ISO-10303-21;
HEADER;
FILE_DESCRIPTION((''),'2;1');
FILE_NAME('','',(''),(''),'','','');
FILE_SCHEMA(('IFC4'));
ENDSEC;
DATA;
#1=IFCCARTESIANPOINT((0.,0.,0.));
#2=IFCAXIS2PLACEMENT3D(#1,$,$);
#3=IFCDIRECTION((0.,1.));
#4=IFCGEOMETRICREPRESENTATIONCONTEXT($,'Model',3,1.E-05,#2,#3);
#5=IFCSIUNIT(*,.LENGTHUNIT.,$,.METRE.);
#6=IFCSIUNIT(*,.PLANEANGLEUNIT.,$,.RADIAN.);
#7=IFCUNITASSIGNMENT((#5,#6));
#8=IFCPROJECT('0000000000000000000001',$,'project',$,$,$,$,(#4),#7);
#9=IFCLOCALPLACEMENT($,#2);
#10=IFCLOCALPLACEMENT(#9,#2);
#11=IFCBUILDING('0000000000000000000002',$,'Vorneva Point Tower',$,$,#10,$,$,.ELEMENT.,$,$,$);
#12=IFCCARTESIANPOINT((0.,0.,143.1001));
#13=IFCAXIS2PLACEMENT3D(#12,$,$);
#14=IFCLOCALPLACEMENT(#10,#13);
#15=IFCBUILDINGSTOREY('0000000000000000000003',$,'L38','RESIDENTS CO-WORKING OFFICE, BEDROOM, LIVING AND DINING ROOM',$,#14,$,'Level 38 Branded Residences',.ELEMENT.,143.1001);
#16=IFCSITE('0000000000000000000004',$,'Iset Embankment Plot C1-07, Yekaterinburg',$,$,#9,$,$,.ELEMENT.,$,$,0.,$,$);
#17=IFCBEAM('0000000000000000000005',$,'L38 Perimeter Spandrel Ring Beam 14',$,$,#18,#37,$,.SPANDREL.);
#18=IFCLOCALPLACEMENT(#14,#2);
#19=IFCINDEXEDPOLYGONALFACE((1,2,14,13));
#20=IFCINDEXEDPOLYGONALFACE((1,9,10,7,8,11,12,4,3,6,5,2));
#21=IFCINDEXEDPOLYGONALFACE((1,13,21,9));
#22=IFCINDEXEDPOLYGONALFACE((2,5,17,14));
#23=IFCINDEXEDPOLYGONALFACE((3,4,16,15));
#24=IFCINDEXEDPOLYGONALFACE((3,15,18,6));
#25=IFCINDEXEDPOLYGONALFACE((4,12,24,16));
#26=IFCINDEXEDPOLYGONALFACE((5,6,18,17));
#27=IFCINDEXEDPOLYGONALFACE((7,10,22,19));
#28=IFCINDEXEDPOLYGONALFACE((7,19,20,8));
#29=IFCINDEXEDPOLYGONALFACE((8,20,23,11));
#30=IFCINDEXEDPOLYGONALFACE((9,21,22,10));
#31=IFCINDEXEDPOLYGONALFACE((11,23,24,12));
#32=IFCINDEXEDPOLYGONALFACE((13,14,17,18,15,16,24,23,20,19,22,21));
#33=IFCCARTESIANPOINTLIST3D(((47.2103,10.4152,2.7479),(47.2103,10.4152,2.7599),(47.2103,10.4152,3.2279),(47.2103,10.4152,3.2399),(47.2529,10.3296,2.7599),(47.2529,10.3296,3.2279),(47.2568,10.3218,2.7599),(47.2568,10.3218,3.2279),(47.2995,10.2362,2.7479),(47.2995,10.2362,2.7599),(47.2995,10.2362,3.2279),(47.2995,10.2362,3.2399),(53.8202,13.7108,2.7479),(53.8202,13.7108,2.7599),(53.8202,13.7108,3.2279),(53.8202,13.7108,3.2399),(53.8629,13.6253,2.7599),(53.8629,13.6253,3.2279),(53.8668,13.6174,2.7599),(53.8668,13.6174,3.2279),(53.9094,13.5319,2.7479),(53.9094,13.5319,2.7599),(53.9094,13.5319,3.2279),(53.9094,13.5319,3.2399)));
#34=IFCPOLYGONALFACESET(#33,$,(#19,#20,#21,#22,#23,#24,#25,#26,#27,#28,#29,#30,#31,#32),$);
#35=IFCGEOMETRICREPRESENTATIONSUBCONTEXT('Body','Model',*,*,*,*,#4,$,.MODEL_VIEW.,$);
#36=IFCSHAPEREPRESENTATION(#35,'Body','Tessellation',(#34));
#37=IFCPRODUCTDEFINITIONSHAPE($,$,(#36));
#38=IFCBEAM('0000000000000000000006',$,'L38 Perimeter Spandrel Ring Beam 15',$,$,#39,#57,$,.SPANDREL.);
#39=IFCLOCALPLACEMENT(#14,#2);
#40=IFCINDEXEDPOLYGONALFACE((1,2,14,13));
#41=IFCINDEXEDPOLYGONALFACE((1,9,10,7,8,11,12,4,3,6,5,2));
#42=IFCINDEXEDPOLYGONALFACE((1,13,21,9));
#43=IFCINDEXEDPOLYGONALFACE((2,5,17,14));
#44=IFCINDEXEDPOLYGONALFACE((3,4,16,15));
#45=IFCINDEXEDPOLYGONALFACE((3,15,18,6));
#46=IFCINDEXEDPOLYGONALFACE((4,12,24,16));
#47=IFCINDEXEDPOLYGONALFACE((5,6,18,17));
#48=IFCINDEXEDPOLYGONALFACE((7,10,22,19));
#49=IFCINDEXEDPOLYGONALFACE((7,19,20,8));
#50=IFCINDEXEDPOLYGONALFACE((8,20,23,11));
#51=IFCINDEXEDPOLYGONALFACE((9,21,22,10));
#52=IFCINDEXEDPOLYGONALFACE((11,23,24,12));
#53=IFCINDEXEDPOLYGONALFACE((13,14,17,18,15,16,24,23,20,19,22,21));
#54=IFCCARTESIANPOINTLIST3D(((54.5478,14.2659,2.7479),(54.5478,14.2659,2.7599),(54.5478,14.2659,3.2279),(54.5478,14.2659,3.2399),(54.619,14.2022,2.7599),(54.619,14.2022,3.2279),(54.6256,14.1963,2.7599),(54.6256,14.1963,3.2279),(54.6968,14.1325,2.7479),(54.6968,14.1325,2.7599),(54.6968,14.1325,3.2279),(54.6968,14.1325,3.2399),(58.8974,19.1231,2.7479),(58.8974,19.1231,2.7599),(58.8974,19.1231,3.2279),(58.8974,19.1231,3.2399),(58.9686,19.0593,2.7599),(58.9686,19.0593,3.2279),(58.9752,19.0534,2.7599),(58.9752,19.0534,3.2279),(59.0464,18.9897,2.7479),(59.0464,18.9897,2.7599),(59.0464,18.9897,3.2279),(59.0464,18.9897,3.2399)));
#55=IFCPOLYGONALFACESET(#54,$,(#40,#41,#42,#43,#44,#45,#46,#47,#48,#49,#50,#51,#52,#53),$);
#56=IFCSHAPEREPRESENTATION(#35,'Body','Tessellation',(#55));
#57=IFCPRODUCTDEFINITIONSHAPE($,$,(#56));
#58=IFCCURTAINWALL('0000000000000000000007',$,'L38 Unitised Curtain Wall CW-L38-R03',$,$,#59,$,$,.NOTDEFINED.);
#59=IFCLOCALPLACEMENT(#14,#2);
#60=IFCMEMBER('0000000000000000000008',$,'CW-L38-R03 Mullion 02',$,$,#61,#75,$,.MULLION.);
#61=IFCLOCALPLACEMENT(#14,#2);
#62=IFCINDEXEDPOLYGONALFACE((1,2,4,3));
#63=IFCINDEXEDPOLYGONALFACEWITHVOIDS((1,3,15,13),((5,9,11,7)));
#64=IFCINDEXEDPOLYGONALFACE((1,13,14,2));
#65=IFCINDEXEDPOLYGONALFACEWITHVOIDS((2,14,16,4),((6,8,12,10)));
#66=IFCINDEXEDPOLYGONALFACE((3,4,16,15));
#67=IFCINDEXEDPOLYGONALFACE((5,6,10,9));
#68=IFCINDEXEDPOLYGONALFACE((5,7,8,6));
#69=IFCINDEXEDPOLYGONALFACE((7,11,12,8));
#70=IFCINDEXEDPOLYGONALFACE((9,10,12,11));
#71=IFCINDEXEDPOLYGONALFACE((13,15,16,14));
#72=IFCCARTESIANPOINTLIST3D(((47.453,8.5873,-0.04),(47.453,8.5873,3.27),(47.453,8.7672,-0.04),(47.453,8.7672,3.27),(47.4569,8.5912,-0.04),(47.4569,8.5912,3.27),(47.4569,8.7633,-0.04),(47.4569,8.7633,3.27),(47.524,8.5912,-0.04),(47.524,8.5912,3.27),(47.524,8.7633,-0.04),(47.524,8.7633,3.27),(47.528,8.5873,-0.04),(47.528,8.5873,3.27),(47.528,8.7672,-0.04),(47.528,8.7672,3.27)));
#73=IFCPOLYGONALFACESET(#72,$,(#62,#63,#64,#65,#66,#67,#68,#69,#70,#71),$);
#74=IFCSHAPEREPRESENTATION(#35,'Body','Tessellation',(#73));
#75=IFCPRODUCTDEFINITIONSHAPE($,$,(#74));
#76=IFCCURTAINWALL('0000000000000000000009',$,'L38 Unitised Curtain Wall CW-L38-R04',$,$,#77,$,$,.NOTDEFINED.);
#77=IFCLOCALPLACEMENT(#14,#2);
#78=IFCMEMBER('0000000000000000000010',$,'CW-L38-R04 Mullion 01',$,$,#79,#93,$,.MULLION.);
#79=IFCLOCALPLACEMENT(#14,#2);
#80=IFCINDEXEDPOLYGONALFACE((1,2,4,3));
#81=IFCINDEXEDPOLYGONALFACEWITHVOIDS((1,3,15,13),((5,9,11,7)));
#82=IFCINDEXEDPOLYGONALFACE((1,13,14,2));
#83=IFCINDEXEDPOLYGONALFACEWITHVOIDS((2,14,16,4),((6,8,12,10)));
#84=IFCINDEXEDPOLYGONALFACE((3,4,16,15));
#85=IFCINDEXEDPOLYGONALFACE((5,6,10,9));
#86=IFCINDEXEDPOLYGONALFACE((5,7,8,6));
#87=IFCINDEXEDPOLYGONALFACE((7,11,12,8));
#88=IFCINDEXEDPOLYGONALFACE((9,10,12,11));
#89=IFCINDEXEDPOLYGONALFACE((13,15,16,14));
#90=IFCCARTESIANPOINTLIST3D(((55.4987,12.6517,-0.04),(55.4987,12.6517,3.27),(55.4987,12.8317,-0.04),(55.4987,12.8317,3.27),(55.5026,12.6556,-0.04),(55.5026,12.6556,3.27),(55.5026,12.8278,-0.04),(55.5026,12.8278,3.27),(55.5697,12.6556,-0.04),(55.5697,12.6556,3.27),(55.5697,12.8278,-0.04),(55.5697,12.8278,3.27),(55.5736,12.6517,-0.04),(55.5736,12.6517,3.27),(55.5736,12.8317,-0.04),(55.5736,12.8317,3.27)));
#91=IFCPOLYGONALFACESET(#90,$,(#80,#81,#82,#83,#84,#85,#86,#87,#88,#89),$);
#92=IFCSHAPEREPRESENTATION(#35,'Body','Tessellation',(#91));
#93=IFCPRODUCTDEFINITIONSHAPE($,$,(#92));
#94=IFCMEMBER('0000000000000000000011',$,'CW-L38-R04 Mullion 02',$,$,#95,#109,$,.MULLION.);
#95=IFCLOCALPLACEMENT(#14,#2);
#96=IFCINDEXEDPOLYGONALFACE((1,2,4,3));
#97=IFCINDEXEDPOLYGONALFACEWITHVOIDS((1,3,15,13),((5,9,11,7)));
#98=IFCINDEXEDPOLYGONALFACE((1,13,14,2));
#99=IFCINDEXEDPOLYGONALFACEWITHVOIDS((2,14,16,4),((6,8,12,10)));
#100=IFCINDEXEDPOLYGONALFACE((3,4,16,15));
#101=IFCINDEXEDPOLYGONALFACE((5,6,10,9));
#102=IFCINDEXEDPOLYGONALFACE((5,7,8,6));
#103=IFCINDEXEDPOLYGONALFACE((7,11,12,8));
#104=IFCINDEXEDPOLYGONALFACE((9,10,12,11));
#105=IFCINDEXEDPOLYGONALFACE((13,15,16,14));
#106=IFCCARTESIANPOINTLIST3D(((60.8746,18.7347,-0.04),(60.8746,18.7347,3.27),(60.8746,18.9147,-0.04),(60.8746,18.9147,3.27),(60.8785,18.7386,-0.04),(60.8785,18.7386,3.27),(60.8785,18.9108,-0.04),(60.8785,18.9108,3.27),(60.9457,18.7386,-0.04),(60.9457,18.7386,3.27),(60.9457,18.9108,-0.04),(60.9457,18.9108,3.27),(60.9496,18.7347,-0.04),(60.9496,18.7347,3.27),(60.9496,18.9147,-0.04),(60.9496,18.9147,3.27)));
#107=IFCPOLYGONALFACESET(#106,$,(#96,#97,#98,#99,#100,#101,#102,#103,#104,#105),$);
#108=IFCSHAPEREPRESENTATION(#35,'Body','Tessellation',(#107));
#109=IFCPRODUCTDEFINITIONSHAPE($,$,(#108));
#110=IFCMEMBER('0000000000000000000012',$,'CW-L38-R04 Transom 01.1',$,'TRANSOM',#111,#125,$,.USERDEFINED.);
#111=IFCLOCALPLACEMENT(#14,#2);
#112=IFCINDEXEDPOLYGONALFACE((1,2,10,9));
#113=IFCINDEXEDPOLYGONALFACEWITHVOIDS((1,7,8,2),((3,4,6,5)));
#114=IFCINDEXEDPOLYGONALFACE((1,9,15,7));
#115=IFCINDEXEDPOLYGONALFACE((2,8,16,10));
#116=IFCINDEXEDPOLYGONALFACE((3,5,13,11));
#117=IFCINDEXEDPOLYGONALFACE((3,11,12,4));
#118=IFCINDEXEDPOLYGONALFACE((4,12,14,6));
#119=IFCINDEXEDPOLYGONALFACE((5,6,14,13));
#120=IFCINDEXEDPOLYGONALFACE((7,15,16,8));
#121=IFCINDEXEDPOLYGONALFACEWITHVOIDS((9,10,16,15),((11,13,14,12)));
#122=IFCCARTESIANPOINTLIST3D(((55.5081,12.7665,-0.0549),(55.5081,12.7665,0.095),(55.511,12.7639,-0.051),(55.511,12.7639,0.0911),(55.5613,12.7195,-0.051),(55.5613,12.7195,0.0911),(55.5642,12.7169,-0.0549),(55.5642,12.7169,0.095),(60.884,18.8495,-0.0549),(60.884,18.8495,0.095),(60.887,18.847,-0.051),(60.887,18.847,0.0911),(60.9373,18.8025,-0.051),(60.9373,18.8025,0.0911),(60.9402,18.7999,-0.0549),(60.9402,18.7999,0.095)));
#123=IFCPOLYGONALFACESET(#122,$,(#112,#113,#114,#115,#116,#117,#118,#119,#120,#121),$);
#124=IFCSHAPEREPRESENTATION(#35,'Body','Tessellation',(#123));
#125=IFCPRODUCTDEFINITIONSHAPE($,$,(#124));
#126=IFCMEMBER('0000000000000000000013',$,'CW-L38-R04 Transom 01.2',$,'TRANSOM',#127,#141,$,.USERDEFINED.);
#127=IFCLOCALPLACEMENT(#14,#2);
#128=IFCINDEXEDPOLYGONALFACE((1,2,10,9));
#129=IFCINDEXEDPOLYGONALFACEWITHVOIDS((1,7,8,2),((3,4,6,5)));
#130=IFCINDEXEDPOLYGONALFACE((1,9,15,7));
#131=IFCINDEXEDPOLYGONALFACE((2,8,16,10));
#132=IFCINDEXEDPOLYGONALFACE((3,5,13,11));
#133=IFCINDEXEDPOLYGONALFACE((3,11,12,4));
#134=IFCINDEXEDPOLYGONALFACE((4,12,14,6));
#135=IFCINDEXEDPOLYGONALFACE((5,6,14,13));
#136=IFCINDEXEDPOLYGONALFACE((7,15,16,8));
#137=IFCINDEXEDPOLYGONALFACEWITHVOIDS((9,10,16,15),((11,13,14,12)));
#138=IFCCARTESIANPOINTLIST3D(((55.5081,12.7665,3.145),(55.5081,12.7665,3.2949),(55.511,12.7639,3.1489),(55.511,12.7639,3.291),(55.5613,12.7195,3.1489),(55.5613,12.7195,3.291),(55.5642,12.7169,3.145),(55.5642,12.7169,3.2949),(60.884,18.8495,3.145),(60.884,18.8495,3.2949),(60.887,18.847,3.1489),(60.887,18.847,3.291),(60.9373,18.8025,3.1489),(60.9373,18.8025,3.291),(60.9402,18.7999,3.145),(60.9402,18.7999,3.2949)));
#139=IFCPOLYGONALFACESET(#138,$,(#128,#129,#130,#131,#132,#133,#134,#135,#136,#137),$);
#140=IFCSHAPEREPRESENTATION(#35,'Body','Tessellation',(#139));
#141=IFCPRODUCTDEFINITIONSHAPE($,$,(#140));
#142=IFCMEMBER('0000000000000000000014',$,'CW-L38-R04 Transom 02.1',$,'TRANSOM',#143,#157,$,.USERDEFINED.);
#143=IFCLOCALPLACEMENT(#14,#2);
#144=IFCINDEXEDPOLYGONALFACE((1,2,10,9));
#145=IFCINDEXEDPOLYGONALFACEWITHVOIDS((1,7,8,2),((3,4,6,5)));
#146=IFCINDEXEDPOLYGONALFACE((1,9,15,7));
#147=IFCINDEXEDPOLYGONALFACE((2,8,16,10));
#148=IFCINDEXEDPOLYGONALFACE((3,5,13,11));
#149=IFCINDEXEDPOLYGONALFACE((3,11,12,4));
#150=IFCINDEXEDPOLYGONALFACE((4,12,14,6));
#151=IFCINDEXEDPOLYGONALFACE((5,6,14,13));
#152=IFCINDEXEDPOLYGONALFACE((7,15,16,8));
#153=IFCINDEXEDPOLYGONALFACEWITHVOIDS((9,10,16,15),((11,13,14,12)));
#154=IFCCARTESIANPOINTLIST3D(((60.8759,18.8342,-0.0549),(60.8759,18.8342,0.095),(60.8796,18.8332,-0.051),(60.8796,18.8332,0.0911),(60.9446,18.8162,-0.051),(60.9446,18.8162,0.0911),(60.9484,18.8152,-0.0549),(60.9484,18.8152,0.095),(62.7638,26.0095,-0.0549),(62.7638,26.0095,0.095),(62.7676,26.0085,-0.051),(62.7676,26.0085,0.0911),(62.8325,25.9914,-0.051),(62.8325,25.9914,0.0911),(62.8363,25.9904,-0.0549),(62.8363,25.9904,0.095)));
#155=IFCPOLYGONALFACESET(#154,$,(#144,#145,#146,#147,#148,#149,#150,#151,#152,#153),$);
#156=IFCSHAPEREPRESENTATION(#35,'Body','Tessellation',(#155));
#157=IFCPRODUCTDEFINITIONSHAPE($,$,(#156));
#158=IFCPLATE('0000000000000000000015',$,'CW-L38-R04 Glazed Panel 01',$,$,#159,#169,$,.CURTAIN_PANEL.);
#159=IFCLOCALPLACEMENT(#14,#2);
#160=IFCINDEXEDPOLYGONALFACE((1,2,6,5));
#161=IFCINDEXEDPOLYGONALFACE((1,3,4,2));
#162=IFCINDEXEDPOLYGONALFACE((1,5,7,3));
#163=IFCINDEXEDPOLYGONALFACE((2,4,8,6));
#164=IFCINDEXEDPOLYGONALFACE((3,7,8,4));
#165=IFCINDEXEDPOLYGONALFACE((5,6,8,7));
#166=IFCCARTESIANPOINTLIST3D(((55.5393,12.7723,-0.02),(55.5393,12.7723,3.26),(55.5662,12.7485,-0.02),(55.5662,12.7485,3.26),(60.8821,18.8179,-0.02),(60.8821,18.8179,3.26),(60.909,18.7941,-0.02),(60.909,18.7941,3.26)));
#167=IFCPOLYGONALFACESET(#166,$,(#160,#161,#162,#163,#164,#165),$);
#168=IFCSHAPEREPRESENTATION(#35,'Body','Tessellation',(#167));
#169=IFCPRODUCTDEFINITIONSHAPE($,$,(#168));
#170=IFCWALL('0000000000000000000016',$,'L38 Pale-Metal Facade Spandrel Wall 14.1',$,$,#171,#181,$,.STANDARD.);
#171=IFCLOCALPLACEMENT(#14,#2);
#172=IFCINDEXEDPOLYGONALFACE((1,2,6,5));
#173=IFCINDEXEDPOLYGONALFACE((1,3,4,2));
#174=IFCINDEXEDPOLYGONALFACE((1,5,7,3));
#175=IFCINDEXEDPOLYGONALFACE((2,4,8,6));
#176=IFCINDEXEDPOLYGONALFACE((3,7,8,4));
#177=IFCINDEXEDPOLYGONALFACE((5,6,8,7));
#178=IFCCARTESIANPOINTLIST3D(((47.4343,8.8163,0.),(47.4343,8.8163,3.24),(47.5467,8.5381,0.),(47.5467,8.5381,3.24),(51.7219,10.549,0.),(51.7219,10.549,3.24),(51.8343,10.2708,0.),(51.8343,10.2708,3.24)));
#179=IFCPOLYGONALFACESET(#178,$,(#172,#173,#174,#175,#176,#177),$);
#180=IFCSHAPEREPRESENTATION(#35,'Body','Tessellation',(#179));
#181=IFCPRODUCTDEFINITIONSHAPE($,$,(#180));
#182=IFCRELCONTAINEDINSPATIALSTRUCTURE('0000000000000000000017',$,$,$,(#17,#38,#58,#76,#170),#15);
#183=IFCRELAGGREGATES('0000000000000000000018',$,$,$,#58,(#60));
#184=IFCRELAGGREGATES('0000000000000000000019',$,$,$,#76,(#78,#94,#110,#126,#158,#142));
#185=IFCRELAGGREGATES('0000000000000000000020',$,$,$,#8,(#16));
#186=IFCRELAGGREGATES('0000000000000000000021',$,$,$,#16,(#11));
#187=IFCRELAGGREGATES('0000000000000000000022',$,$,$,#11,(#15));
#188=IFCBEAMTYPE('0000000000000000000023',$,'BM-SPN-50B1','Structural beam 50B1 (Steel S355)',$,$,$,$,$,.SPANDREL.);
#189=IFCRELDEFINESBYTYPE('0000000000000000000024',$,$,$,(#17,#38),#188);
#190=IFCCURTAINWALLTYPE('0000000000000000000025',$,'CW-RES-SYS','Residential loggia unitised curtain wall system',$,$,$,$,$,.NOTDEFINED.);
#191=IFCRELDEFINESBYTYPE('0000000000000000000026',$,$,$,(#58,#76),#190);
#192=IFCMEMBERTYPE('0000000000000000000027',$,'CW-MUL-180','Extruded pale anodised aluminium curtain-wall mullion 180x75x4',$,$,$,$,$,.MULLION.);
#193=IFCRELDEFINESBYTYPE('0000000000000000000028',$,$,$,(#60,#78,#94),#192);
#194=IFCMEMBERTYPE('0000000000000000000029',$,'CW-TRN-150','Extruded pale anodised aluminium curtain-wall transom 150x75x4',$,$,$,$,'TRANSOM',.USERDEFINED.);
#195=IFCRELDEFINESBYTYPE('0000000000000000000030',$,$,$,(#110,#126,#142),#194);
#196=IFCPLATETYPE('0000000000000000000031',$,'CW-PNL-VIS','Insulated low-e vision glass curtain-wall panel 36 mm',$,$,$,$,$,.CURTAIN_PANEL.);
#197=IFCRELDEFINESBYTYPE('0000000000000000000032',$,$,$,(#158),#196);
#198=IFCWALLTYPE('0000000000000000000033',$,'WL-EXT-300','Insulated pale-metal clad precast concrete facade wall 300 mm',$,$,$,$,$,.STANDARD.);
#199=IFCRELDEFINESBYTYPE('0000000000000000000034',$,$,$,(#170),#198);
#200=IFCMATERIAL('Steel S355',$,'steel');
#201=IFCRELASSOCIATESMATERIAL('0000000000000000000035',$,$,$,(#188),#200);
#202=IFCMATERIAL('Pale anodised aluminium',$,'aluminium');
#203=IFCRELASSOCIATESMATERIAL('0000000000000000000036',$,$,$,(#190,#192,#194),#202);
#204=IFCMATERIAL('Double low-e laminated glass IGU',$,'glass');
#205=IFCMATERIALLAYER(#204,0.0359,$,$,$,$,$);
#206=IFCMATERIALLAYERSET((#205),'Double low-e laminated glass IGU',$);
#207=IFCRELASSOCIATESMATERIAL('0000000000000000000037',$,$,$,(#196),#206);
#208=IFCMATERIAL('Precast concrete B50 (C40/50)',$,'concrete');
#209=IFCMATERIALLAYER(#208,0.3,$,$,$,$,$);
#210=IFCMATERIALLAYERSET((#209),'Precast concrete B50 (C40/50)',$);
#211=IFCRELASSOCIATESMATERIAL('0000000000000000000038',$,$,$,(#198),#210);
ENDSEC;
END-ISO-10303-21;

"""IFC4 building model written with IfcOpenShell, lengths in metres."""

from ifc_helpers import new_model, si_unit, direction, frame, frame_2d, origin, origin_2d, place, context, subcontext, project, spatial, rectangle, hollow_rectangle, i_section, extrude, material, layer, layer_set, material_profile, profile_set, type_object, element, aggregate, save


model = new_model("IFC4")

# Units and contexts
model_context = context("Model", 3, precision=1e-05, world=origin(), true_north=direction((0.0, 1.0)))
body_context = subcontext(model_context, "Body", "Model", "MODEL_VIEW")
ifc_project = project(units=[si_unit("LENGTHUNIT", "METRE"), si_unit("PLANEANGLEUNIT", "RADIAN")], contexts=[model_context])

# Site, building, storey
site_placement = place(None, origin())
site = spatial("IfcSite", under=ifc_project, at=site_placement, Name="Iset Embankment Plot C1-07, Yekaterinburg", CompositionType="ELEMENT", RefElevation=0.0)
building_placement = place(site_placement, origin())
building = spatial("IfcBuilding", under=site, at=building_placement, Name="Vorneva Point Tower", CompositionType="ELEMENT")
storey_placement = place(building_placement, frame((0.0, 0.0, 143.1001)))
storey = spatial("IfcBuildingStorey", under=building, at=storey_placement, Name="L38", Description="RESIDENTS CO-WORKING OFFICE, BEDROOM, LIVING AND DINING ROOM", LongName="Level 38 Branded Residences", CompositionType="ELEMENT", Elevation=143.1001)

# Beams
ifc_material_1 = material(Name="Steel S355", Category="steel")
ifc_material_profile_1 = material_profile(ifc_material_1, i_section(OverallWidth=0.2, OverallDepth=0.4919, WebThickness=0.0088, FlangeThickness=0.012, at=origin_2d()), Name="50B1")
ifc_profile_set_1 = profile_set([ifc_material_profile_1], Name="Steel S355")
beam_type_1 = type_object("IfcBeamType", Name="BM-SPN-50B1", Description="Structural beam 50B1 (Steel S355)", PredefinedType="SPANDREL", material=ifc_profile_set_1)
beam_1_placement = place(storey_placement, frame((47.2549, 10.3257, 2.9939), z_axis=(0.894929, 0.446208, 0.0), x_axis=(-0.446208, 0.894929, 0.0)))
element("IfcBeam", 1, at=beam_1_placement, inside=storey, type_object=beam_type_1, Name="L38 Perimeter Spandrel Ring Beam 14", PredefinedType="SPANDREL", context=body_context, shape_type="SweptSolid", body=[
    extrude(i_section(OverallWidth=0.2, OverallDepth=0.4919, WebThickness=0.0088, FlangeThickness=0.012, at=origin_2d()), origin(), (0.0, 0.0, 1.0), 7.386),
])
beam_2_placement = place(storey_placement, frame((54.6223, 14.1992, 2.9939), z_axis=(0.667111, 0.744958, 0.0), x_axis=(-0.744958, 0.667111, 0.0)))
element("IfcBeam", 2, at=beam_2_placement, inside=storey, type_object=beam_type_1, Name="L38 Perimeter Spandrel Ring Beam 15", PredefinedType="SPANDREL", context=body_context, shape_type="SweptSolid", body=[
    extrude(i_section(OverallWidth=0.2, OverallDepth=0.4919, WebThickness=0.0088, FlangeThickness=0.012, at=origin_2d()), origin(), (0.0, 0.0, 1.0), 6.52),
])

# Curtain wall, member
ifc_material_2 = material(Name="Pale anodised aluminium", Category="aluminium")
curtain_wall_type = type_object("IfcCurtainWallType", Name="CW-RES-SYS", Description="Residential loggia unitised curtain wall system", PredefinedType="NOTDEFINED", material=ifc_material_2)
curtain_wall_1_placement = place(storey_placement, origin())
curtain_wall_1 = element("IfcCurtainWall", 3, at=curtain_wall_1_placement, inside=storey, type_object=curtain_wall_type, Name="L38 Unitised Curtain Wall CW-L38-R03", PredefinedType="NOTDEFINED")
ifc_material_profile_2 = material_profile(ifc_material_2, hollow_rectangle(XDim=0.075, YDim=0.1799, WallThickness=0.0039, at=origin_2d()), Name="AL-MUL 180x75x4")
ifc_profile_set_2 = profile_set([ifc_material_profile_2], Name="Pale anodised aluminium")
member_type_1 = type_object("IfcMemberType", Name="CW-MUL-180", Description="Extruded pale anodised aluminium curtain-wall mullion 180x75x4", PredefinedType="MULLION", material=ifc_profile_set_2)
member_1_placement = place(storey_placement, frame((47.4905, 8.6772, -0.04), z_axis=(0.0, 0.0, 1.0), x_axis=(1.0, 0.0, 0.0)))
member_1 = element("IfcMember", 4, at=member_1_placement, type_object=member_type_1, Name="CW-L38-R03 Mullion 02", PredefinedType="MULLION", context=body_context, shape_type="SweptSolid", body=[
    extrude(hollow_rectangle(XDim=0.075, YDim=0.1799, WallThickness=0.0039, at=origin_2d()), origin(), (0.0, 0.0, 1.0), 3.3101),
])
aggregate(curtain_wall_1, [member_1])

# Curtain wall, members, plate
curtain_wall_2_placement = place(storey_placement, origin())
curtain_wall_2 = element("IfcCurtainWall", 5, at=curtain_wall_2_placement, inside=storey, type_object=curtain_wall_type, Name="L38 Unitised Curtain Wall CW-L38-R04", PredefinedType="NOTDEFINED")
member_2_placement = place(storey_placement, frame((55.5361, 12.7417, -0.04), z_axis=(0.0, 0.0, 1.0), x_axis=(1.0, 0.0, 0.0)))
member_2 = element("IfcMember", 6, at=member_2_placement, type_object=member_type_1, Name="CW-L38-R04 Mullion 01", PredefinedType="MULLION", context=body_context, shape_type="SweptSolid", body=[
    extrude(hollow_rectangle(XDim=0.075, YDim=0.1799, WallThickness=0.0039, at=origin_2d()), origin(), (0.0, 0.0, 1.0), 3.3101),
])
member_3_placement = place(storey_placement, frame((60.9121, 18.8247, -0.04), z_axis=(0.0, 0.0, 1.0), x_axis=(1.0, 0.0, 0.0)))
member_3 = element("IfcMember", 7, at=member_3_placement, type_object=member_type_1, Name="CW-L38-R04 Mullion 02", PredefinedType="MULLION", context=body_context, shape_type="SweptSolid", body=[
    extrude(hollow_rectangle(XDim=0.075, YDim=0.1799, WallThickness=0.0039, at=origin_2d()), origin(), (0.0, 0.0, 1.0), 3.3101),
])
ifc_material_profile_3 = material_profile(ifc_material_2, hollow_rectangle(XDim=0.075, YDim=0.1499, WallThickness=0.0039, at=origin_2d()), Name="AL-TRN 150x75x4")
ifc_profile_set_3 = profile_set([ifc_material_profile_3], Name="Pale anodised aluminium")
member_type_2 = type_object("IfcMemberType", Name="CW-TRN-150", Description="Extruded pale anodised aluminium curtain-wall transom 150x75x4", ElementType="TRANSOM", PredefinedType="USERDEFINED", material=ifc_profile_set_3)
member_4_placement = place(storey_placement, frame((55.5361, 12.7417, 0.02), z_axis=(0.662218, 0.749311, 0.0), x_axis=(-0.749311, 0.662218, 0.0)))
member_4 = element("IfcMember", 8, at=member_4_placement, type_object=member_type_2, Name="CW-L38-R04 Transom 01.1", ObjectType="TRANSOM", PredefinedType="USERDEFINED", context=body_context, shape_type="SweptSolid", body=[
    extrude(hollow_rectangle(XDim=0.075, YDim=0.1499, WallThickness=0.0039, at=origin_2d()), origin(), (0.0, 0.0, 1.0), 8.1182),
])
member_5_placement = place(storey_placement, frame((55.5361, 12.7417, 3.22), z_axis=(0.662218, 0.749311, 0.0), x_axis=(-0.749311, 0.662218, 0.0)))
member_5 = element("IfcMember", 9, at=member_5_placement, type_object=member_type_2, Name="CW-L38-R04 Transom 01.2", ObjectType="TRANSOM", PredefinedType="USERDEFINED", context=body_context, shape_type="SweptSolid", body=[
    extrude(hollow_rectangle(XDim=0.075, YDim=0.1499, WallThickness=0.0039, at=origin_2d()), origin(), (0.0, 0.0, 1.0), 8.1182),
])
member_6_placement = place(storey_placement, frame((60.9121, 18.8247, 0.02), z_axis=(0.254456, 0.967084, 0.0), x_axis=(-0.967084, 0.254456, 0.0)))
member_6 = element("IfcMember", 10, at=member_6_placement, type_object=member_type_2, Name="CW-L38-R04 Transom 02.1", ObjectType="TRANSOM", PredefinedType="USERDEFINED", context=body_context, shape_type="SweptSolid", body=[
    extrude(hollow_rectangle(XDim=0.075, YDim=0.1499, WallThickness=0.0039, at=origin_2d()), origin(), (0.0, 0.0, 1.0), 7.4194),
])
ifc_material_3 = material(Name="Double low-e laminated glass IGU", Category="glass")
ifc_layer_1 = layer(ifc_material_3, 0.0359)
ifc_layer_set_1 = layer_set([ifc_layer_1], Name="Double low-e laminated glass IGU")
plate_type = type_object("IfcPlateType", Name="CW-PNL-VIS", Description="Insulated low-e vision glass curtain-wall panel 36 mm", PredefinedType="CURTAIN_PANEL", material=ifc_layer_set_1)
plate_placement = place(storey_placement, frame((58.2241, 15.7832, -0.02), z_axis=(0.0, 0.0, 1.0), x_axis=(0.662215, 0.749314, 0.0)))
plate = element("IfcPlate", 11, at=plate_placement, type_object=plate_type, Name="CW-L38-R04 Glazed Panel 01", PredefinedType="CURTAIN_PANEL", context=body_context, shape_type="SweptSolid", body=[
    extrude(rectangle(XDim=8.0681, YDim=0.0359, at=origin_2d()), origin(), (0.0, 0.0, 1.0), 3.28),
])
aggregate(curtain_wall_2, [member_2, member_3, member_4, member_5, plate, member_6])

# Wall
ifc_material_4 = material(Name="Precast concrete B50 (C40/50)", Category="concrete")
ifc_layer_2 = layer(ifc_material_4, 0.3)
ifc_layer_set_2 = layer_set([ifc_layer_2], Name="Precast concrete B50 (C40/50)")
wall_type_1 = type_object("IfcWallType", Name="WL-EXT-300", Description="Insulated pale-metal clad precast concrete facade wall 300 mm", PredefinedType="STANDARD", material=ifc_layer_set_2)
wall_1_placement = place(storey_placement, frame((47.4905, 8.6772, 0.0), z_axis=(0.0, 0.0, 1.0), x_axis=(0.927157, 0.374674, 0.0)))
element("IfcWall", 12, at=wall_1_placement, inside=storey, type_object=wall_type_1, Name="L38 Pale-Metal Facade Spandrel Wall 14.1", PredefinedType="STANDARD", context=body_context, shape_type="SweptSolid", body=[
    extrude(rectangle(XDim=4.6245, YDim=0.3, at=frame_2d((2.3123, 0.0))), origin(), (0.0, 0.0, 1.0), 3.24),
])

save(model, "model.ifc")
